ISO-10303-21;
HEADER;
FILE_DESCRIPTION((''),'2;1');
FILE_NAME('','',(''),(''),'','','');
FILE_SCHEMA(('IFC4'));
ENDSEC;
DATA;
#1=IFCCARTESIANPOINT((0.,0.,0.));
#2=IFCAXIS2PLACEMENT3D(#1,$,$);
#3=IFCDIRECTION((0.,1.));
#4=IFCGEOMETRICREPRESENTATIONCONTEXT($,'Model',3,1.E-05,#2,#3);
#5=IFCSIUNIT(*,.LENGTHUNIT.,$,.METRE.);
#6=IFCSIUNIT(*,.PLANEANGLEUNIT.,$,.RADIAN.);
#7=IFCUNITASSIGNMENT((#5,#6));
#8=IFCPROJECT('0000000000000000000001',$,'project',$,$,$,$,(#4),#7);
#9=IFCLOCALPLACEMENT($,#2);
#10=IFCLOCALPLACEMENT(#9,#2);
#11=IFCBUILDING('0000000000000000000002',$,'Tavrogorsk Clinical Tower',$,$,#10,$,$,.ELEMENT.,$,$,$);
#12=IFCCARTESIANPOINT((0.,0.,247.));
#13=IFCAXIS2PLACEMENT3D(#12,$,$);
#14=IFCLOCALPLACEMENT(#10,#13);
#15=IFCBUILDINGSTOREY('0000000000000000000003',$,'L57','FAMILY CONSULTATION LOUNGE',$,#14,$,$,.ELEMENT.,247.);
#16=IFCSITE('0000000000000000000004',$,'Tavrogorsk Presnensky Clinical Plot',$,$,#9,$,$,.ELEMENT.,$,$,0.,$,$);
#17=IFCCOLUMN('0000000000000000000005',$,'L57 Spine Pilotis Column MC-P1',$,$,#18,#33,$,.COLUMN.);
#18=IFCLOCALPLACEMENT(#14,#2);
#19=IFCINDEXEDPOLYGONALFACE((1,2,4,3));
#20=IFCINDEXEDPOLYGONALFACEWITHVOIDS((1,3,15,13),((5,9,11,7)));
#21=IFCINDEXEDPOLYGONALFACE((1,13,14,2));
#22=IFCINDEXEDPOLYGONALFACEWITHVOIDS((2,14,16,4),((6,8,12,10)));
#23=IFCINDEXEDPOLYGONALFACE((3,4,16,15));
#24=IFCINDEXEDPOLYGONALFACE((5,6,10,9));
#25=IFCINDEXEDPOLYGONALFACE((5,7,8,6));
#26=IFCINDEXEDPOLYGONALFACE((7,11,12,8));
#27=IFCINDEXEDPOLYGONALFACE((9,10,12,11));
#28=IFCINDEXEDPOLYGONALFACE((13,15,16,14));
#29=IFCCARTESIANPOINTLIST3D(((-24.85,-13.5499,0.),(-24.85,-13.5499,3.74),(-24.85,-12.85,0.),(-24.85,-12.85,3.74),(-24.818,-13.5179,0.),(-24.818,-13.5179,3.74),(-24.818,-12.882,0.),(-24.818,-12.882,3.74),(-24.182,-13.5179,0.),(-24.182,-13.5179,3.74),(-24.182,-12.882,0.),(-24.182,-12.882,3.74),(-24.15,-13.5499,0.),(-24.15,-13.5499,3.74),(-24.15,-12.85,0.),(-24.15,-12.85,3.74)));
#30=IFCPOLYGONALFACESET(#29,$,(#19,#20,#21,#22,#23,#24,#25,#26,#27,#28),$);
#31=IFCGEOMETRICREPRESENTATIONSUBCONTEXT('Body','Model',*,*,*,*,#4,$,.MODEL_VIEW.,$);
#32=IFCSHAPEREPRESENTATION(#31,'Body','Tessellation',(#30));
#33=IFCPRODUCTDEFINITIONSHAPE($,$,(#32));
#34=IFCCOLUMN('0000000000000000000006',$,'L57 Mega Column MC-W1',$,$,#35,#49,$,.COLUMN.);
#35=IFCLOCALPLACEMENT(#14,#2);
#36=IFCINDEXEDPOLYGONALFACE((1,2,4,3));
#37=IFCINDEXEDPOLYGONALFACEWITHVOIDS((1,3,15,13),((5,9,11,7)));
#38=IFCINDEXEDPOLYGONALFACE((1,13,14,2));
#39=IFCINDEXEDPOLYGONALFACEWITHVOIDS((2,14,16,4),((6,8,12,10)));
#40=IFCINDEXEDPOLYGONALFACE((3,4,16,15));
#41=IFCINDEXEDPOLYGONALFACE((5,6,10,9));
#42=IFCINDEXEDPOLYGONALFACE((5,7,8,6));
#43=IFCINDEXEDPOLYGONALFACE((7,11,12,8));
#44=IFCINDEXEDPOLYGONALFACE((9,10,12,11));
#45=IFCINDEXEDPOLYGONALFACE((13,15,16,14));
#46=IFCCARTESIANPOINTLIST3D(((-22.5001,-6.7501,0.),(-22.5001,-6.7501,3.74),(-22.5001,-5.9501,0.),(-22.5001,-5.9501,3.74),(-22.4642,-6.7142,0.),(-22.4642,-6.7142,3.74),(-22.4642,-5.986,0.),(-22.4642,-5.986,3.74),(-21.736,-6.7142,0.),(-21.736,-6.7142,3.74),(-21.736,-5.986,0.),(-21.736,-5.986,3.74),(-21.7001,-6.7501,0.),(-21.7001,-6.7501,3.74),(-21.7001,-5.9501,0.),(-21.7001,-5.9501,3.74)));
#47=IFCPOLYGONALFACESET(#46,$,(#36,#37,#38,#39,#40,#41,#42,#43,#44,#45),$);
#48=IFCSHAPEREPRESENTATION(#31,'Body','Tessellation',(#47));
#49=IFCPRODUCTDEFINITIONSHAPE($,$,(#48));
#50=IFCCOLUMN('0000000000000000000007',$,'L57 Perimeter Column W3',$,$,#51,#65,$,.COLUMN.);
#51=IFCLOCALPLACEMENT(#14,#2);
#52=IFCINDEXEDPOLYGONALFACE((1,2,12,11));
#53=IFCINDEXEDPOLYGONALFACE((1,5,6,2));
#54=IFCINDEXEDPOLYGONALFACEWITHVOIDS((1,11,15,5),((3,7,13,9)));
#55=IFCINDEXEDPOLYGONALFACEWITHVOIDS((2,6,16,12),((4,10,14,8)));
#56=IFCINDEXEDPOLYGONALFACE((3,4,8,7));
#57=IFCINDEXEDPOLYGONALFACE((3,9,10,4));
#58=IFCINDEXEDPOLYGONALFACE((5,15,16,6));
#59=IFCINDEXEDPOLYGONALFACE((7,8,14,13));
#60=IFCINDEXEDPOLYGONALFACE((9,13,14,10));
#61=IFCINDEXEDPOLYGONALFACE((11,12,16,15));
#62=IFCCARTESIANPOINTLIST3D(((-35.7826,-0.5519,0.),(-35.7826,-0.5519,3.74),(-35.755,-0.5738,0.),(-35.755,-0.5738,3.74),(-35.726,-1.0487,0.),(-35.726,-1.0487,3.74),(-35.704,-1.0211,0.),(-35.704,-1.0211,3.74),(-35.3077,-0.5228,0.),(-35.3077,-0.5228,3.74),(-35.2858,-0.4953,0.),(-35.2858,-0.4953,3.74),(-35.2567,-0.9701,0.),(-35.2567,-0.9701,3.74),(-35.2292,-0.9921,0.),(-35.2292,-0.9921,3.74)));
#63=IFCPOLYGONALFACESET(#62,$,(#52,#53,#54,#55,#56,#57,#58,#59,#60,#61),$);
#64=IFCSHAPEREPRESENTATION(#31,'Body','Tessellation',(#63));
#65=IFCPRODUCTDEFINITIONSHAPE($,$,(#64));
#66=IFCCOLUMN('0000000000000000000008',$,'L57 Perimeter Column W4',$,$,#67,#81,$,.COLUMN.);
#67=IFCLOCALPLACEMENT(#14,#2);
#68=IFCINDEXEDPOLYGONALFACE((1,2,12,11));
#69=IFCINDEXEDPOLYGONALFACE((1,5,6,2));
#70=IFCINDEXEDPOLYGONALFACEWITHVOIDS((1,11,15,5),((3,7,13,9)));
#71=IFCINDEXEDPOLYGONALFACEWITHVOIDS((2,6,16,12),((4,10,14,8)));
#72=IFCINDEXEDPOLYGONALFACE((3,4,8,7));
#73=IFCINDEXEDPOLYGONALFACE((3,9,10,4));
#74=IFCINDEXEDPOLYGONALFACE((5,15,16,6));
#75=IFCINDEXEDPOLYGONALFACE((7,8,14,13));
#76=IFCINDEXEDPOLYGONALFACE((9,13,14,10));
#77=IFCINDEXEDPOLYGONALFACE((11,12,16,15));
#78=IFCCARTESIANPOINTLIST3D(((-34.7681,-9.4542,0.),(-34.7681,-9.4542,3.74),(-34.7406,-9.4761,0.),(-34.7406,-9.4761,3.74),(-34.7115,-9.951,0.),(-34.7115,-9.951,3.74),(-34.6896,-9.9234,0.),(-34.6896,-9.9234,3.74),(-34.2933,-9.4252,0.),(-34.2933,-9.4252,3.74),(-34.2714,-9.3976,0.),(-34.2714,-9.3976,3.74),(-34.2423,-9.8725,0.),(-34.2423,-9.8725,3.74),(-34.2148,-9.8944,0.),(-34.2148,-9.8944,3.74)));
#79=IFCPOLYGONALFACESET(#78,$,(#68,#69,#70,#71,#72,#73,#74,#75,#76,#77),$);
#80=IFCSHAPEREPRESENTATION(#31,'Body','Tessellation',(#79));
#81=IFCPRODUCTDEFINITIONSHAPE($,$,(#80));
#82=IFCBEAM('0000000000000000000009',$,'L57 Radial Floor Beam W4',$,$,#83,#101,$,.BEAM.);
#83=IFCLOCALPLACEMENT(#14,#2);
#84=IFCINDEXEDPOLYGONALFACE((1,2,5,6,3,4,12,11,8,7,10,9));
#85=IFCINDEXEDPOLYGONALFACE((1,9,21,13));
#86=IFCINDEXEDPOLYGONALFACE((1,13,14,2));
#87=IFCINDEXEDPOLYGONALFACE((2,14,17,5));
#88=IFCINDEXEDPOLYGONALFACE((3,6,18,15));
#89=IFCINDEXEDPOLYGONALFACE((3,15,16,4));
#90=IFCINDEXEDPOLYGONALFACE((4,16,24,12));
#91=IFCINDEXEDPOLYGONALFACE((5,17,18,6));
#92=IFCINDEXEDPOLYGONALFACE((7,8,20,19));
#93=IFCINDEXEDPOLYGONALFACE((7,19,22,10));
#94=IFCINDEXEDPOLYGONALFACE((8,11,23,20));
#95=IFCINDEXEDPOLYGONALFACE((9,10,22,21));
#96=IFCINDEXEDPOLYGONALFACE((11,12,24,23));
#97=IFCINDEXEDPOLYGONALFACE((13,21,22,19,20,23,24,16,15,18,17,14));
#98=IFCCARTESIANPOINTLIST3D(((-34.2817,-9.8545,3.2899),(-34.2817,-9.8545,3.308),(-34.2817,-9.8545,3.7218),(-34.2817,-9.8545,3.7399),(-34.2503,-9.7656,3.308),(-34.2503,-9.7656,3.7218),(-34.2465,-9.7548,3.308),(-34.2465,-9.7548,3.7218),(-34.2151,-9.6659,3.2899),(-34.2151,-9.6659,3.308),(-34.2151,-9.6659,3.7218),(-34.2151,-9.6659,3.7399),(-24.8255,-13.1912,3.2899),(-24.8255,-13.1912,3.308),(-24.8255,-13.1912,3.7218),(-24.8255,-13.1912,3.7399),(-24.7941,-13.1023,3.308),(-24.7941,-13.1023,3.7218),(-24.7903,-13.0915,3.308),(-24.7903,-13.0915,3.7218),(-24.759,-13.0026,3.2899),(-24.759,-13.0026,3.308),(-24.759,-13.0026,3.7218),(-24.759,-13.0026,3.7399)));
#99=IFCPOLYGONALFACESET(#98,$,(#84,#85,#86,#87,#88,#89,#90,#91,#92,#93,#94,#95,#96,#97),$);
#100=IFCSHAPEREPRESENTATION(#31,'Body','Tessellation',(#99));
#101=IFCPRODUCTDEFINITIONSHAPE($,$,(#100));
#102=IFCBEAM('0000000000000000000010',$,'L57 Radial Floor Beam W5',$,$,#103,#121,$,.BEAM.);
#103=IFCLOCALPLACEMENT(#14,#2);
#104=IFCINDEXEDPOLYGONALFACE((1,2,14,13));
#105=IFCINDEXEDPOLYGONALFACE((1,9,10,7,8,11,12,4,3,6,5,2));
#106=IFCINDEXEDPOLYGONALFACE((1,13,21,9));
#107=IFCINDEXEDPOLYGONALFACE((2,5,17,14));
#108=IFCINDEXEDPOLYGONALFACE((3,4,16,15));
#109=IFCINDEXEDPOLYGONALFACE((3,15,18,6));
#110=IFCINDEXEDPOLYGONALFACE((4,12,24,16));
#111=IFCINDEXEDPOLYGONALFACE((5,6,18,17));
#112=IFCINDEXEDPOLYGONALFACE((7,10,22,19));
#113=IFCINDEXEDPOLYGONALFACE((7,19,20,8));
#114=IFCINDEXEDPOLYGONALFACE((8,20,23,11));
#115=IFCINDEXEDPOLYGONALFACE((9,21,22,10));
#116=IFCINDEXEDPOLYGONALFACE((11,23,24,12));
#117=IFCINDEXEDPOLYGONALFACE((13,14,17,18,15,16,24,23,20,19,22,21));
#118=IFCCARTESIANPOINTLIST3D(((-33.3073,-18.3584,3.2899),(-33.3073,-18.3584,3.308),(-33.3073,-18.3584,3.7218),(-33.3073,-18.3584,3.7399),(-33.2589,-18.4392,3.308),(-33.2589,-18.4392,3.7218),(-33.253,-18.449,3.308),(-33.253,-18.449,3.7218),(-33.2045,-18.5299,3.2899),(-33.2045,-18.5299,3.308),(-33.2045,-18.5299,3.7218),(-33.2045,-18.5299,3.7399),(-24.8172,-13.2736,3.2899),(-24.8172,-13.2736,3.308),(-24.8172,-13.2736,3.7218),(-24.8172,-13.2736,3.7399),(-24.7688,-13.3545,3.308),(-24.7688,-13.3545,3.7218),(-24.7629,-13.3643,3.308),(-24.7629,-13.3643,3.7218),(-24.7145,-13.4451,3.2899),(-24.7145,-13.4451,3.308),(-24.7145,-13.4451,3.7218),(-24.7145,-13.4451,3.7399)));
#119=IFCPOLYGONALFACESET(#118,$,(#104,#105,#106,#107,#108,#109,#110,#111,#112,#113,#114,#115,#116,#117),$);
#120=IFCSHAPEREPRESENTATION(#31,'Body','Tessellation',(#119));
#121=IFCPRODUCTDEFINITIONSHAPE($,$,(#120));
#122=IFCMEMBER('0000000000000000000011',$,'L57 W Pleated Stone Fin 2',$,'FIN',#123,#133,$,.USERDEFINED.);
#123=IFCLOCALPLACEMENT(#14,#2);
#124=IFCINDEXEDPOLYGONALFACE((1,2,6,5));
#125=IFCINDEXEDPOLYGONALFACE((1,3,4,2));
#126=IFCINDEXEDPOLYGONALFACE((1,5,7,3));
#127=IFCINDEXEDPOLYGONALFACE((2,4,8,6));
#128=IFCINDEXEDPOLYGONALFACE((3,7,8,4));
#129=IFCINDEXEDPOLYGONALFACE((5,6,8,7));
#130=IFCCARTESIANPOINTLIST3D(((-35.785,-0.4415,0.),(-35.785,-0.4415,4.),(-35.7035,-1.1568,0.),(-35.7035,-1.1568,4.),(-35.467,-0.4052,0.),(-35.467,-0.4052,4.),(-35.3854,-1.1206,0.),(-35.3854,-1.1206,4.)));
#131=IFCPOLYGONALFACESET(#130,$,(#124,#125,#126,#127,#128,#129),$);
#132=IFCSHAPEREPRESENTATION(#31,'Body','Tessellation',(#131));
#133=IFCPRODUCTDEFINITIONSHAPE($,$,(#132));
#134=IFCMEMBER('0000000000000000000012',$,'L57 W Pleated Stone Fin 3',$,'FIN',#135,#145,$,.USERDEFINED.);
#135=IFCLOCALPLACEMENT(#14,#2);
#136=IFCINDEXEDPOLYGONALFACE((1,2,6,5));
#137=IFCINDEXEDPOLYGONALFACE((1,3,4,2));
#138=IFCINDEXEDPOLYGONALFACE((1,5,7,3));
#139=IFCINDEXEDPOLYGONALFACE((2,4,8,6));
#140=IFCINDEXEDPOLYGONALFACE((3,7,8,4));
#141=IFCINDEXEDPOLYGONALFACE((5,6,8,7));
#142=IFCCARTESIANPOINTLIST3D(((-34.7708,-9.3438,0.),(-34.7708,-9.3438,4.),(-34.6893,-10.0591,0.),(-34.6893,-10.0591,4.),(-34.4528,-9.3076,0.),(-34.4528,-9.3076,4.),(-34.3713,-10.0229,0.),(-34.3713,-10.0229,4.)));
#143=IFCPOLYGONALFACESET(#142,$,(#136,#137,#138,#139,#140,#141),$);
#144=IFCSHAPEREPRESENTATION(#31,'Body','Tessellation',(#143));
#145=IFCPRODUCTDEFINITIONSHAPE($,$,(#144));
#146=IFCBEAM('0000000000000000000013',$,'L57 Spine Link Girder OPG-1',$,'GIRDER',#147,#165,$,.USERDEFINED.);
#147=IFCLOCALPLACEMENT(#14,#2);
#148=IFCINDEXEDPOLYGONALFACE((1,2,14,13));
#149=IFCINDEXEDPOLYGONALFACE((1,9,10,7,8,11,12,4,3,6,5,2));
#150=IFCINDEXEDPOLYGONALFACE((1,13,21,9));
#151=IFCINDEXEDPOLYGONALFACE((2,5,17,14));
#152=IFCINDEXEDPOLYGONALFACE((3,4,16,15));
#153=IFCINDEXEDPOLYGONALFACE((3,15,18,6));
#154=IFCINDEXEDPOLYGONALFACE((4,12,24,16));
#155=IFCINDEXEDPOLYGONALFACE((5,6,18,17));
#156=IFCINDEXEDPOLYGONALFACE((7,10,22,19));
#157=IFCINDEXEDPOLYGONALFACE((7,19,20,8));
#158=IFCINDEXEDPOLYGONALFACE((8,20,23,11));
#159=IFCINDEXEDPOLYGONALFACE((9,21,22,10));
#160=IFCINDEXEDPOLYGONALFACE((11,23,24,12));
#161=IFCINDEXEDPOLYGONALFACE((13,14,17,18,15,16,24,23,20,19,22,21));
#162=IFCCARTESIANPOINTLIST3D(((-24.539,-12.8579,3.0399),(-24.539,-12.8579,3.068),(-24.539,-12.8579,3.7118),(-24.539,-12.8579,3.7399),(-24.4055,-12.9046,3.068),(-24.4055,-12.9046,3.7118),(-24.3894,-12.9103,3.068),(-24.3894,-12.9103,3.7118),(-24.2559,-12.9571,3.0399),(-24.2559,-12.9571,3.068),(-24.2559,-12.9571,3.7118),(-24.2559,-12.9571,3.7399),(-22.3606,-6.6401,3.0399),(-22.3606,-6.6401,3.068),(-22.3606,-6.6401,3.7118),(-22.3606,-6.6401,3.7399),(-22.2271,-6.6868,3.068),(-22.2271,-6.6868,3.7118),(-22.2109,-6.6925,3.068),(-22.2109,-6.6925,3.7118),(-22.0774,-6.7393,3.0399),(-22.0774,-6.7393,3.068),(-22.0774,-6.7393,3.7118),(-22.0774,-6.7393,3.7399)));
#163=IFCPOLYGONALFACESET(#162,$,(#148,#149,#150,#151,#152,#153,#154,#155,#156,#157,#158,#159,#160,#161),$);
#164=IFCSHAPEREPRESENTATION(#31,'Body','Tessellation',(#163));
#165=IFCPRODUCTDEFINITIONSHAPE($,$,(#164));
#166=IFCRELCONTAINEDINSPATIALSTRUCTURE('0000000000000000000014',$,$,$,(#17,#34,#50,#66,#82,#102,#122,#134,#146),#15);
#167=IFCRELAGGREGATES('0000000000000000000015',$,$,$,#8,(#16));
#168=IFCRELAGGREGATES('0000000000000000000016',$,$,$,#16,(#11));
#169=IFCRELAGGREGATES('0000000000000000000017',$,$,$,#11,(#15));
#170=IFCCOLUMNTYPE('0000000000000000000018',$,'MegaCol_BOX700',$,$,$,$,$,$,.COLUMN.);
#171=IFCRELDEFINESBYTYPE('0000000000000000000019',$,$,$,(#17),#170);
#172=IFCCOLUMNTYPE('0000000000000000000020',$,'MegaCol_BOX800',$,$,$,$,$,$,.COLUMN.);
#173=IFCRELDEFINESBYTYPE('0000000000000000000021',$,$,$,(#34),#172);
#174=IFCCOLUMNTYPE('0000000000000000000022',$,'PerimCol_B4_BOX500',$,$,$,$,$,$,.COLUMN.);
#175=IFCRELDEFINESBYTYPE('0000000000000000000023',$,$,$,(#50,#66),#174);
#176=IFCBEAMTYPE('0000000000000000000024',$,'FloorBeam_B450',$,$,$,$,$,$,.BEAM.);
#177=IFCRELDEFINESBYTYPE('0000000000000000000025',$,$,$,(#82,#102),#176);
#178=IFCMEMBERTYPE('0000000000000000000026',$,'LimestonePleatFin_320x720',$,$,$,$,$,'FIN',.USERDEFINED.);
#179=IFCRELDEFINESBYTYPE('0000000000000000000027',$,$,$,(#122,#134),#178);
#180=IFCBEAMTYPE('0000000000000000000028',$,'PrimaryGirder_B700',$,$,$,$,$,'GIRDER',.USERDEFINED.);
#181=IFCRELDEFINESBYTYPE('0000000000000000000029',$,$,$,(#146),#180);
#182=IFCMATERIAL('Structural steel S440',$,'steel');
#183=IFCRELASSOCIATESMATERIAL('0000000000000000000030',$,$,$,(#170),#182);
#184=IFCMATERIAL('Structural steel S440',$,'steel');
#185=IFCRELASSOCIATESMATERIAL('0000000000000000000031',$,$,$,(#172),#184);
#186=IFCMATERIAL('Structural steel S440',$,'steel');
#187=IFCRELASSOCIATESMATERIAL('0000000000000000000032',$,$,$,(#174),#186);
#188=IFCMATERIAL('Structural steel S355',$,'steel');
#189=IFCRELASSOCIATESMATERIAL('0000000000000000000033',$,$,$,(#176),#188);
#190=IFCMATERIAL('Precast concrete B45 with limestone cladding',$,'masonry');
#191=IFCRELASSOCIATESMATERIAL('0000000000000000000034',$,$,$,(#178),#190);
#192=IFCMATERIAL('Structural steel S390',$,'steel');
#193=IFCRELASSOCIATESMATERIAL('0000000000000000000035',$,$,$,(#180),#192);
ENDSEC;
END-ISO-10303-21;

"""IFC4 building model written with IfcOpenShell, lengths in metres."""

from ifc_helpers import new_model, si_unit, direction, frame, origin, origin_2d, place, context, subcontext, project, spatial, rectangle, hollow_rectangle, i_section, extrude, material, material_profile, profile_set, type_object, element, save


model = new_model("IFC4")

# Units and contexts
model_context = context("Model", 3, precision=1e-05, world=origin(), true_north=direction((0.0, 1.0)))
body_context = subcontext(model_context, "Body", "Model", "MODEL_VIEW")
ifc_project = project(units=[si_unit("LENGTHUNIT", "METRE"), si_unit("PLANEANGLEUNIT", "RADIAN")], contexts=[model_context])

# Site, building, storey
site_placement = place(None, origin())
site = spatial("IfcSite", under=ifc_project, at=site_placement, Name="Tavrogorsk Presnensky Clinical Plot", CompositionType="ELEMENT", RefElevation=0.0)
building_placement = place(site_placement, origin())
building = spatial("IfcBuilding", under=site, at=building_placement, Name="Tavrogorsk Clinical Tower", CompositionType="ELEMENT")
storey_placement = place(building_placement, frame((0.0, 0.0, 247.0)))
storey = spatial("IfcBuildingStorey", under=building, at=storey_placement, Name="L57", Description="FAMILY CONSULTATION LOUNGE", CompositionType="ELEMENT", Elevation=247.0)

# Columns
ifc_material_1 = material(Name="Structural steel S440", Category="steel")
ifc_material_profile_1 = material_profile(ifc_material_1, hollow_rectangle(XDim=0.7, YDim=0.7, WallThickness=0.032, at=origin_2d()), Name="BOX-700x700x32")
ifc_profile_set_1 = profile_set([ifc_material_profile_1], Name="Structural steel S440")
column_type_1 = type_object("IfcColumnType", Name="MegaCol_BOX700", PredefinedType="COLUMN", material=ifc_profile_set_1)
column_1_placement = place(storey_placement, frame((-24.5, -13.2, 0.0), z_axis=(0.0, 0.0, 1.0), x_axis=(1.0, 0.0, 0.0)))
element("IfcColumn", 1, at=column_1_placement, inside=storey, type_object=column_type_1, Name="L57 Spine Pilotis Column MC-P1", PredefinedType="COLUMN", context=body_context, shape_type="SweptSolid", body=[
    extrude(hollow_rectangle(XDim=0.7, YDim=0.7, WallThickness=0.032, at=origin_2d()), origin(), (0.0, 0.0, 1.0), 3.74),
])
ifc_material_2 = material(Name="Structural steel S440", Category="steel")
ifc_material_profile_2 = material_profile(ifc_material_2, hollow_rectangle(XDim=0.8, YDim=0.8, WallThickness=0.0359, at=origin_2d()), Name="BOX-800x800x36")
ifc_profile_set_2 = profile_set([ifc_material_profile_2], Name="Structural steel S440")
column_type_2 = type_object("IfcColumnType", Name="MegaCol_BOX800", PredefinedType="COLUMN", material=ifc_profile_set_2)
column_2_placement = place(storey_placement, frame((-22.1001, -6.3501, 0.0), z_axis=(0.0, 0.0, 1.0), x_axis=(1.0, 0.0, 0.0)))
element("IfcColumn", 2, at=column_2_placement, inside=storey, type_object=column_type_2, Name="L57 Mega Column MC-W1", PredefinedType="COLUMN", context=body_context, shape_type="SweptSolid", body=[
    extrude(hollow_rectangle(XDim=0.8, YDim=0.8, WallThickness=0.0359, at=origin_2d()), origin(), (0.0, 0.0, 1.0), 3.74),
])
ifc_material_3 = material(Name="Structural steel S440", Category="steel")
ifc_material_profile_3 = material_profile(ifc_material_3, hollow_rectangle(XDim=0.5, YDim=0.5, WallThickness=0.0249, at=origin_2d()), Name="BOX-500x500x25")
ifc_profile_set_3 = profile_set([ifc_material_profile_3], Name="Structural steel S440")
column_type_3 = type_object("IfcColumnType", Name="PerimCol_B4_BOX500", PredefinedType="COLUMN", material=ifc_profile_set_3)
for number, where, z_axis, x_axis, name in (
    (3, (-35.5059, -0.772, 0.0), (0.0, 0.0, 1.0), (0.993572, 0.113203, 0.0), "L57 Perimeter Column W3"),
    (4, (-34.4915, -9.6743, 0.0), (0.0, 0.0, 1.0), (0.993572, 0.113203, 0.0), "L57 Perimeter Column W4"),
):
    element("IfcColumn", number, at=place(storey_placement, frame(where, z_axis=z_axis, x_axis=x_axis)), inside=storey, type_object=column_type_3, Name=name, PredefinedType="COLUMN", context=body_context, shape_type="SweptSolid", body=[
        extrude(hollow_rectangle(XDim=0.5, YDim=0.5, WallThickness=0.0249, at=origin_2d()), origin(), (0.0, 0.0, 1.0), 3.74),
    ])

# Beams
ifc_material_4 = material(Name="Structural steel S355", Category="steel")
ifc_material_profile_4 = material_profile(ifc_material_4, i_section(OverallWidth=0.2, OverallDepth=0.45, WebThickness=0.0115, FlangeThickness=0.0181, at=origin_2d()), Name="B-450x200x11.5x18")
ifc_profile_set_4 = profile_set([ifc_material_profile_4], Name="Structural steel S355")
beam_type_1 = type_object("IfcBeamType", Name="FloorBeam_B450", PredefinedType="BEAM", material=ifc_profile_set_4)
beam_1_placement = place(storey_placement, frame((-24.7922, -13.0969, 3.5149), z_axis=(-0.943014, 0.332753, 0.0), x_axis=(-0.332753, -0.943014, 0.0)))
element("IfcBeam", 5, at=beam_1_placement, inside=storey, type_object=beam_type_1, Name="L57 Radial Floor Beam W4", PredefinedType="BEAM", context=body_context, shape_type="SweptSolid", body=[
    extrude(i_section(OverallWidth=0.2, OverallDepth=0.45, WebThickness=0.0115, FlangeThickness=0.0181, at=origin_2d()), origin(), (0.0, 0.0, 1.0), 10.0276),
])
beam_2_placement = place(storey_placement, frame((-24.7659, -13.3594, 3.5149), z_axis=(-0.857906, -0.513806, 0.0), x_axis=(0.513806, -0.857906, 0.0)))
element("IfcBeam", 6, at=beam_2_placement, inside=storey, type_object=beam_type_1, Name="L57 Radial Floor Beam W5", PredefinedType="BEAM", context=body_context, shape_type="SweptSolid", body=[
    extrude(i_section(OverallWidth=0.2, OverallDepth=0.45, WebThickness=0.0115, FlangeThickness=0.0181, at=origin_2d()), origin(), (0.0, 0.0, 1.0), 9.8962),
])

# Members
ifc_material_5 = material(Name="Precast concrete B45 with limestone cladding", Category="masonry")
ifc_material_profile_5 = material_profile(ifc_material_5, rectangle(XDim=0.3201, YDim=0.72, at=origin_2d()), Name="LIMESTONE-FIN-320x720")
ifc_profile_set_5 = profile_set([ifc_material_profile_5], Name="Precast concrete B45 with limestone cladding")
member_type = type_object("IfcMemberType", Name="LimestonePleatFin_320x720", ElementType="FIN", PredefinedType="USERDEFINED", material=ifc_profile_set_5)
for number, where, z_axis, x_axis, name in (
    (7, (-35.5852, -0.781, 0.0), (0.0, 0.0, 1.0), (0.993572, 0.113203, 0.0), "L57 W Pleated Stone Fin 2"),
    (8, (-34.571, -9.6833, 0.0), (0.0, 0.0, 1.0), (0.993572, 0.113203, 0.0), "L57 W Pleated Stone Fin 3"),
):
    element("IfcMember", number, at=place(storey_placement, frame(where, z_axis=z_axis, x_axis=x_axis)), inside=storey, type_object=member_type, Name=name, ObjectType="FIN", PredefinedType="USERDEFINED", context=body_context, shape_type="SweptSolid", body=[
        extrude(rectangle(XDim=0.3201, YDim=0.72, at=origin_2d()), origin(), (0.0, 0.0, 1.0), 4.0),
    ])

# Beam
ifc_material_6 = material(Name="Structural steel S390", Category="steel")
ifc_material_profile_6 = material_profile(ifc_material_6, i_section(OverallWidth=0.3, OverallDepth=0.7, WebThickness=0.0171, FlangeThickness=0.0281, at=origin_2d()), Name="B-700x300x17x28")
ifc_profile_set_6 = profile_set([ifc_material_profile_6], Name="Structural steel S390")
beam_type_2 = type_object("IfcBeamType", Name="PrimaryGirder_B700", ElementType="GIRDER", PredefinedType="USERDEFINED", material=ifc_profile_set_6)
beam_3_placement = place(storey_placement, frame((-24.3975, -12.9075, 3.3899), z_axis=(0.330654, 0.943752, 0.0), x_axis=(-0.943752, 0.330654, 0.0)))
element("IfcBeam", 9, at=beam_3_placement, inside=storey, type_object=beam_type_2, Name="L57 Spine Link Girder OPG-1", ObjectType="GIRDER", PredefinedType="USERDEFINED", context=body_context, shape_type="SweptSolid", body=[
    extrude(i_section(OverallWidth=0.3, OverallDepth=0.7, WebThickness=0.0171, FlangeThickness=0.0281, at=origin_2d()), origin(), (0.0, 0.0, 1.0), 6.5884),
])

save(model, "model.ifc")
